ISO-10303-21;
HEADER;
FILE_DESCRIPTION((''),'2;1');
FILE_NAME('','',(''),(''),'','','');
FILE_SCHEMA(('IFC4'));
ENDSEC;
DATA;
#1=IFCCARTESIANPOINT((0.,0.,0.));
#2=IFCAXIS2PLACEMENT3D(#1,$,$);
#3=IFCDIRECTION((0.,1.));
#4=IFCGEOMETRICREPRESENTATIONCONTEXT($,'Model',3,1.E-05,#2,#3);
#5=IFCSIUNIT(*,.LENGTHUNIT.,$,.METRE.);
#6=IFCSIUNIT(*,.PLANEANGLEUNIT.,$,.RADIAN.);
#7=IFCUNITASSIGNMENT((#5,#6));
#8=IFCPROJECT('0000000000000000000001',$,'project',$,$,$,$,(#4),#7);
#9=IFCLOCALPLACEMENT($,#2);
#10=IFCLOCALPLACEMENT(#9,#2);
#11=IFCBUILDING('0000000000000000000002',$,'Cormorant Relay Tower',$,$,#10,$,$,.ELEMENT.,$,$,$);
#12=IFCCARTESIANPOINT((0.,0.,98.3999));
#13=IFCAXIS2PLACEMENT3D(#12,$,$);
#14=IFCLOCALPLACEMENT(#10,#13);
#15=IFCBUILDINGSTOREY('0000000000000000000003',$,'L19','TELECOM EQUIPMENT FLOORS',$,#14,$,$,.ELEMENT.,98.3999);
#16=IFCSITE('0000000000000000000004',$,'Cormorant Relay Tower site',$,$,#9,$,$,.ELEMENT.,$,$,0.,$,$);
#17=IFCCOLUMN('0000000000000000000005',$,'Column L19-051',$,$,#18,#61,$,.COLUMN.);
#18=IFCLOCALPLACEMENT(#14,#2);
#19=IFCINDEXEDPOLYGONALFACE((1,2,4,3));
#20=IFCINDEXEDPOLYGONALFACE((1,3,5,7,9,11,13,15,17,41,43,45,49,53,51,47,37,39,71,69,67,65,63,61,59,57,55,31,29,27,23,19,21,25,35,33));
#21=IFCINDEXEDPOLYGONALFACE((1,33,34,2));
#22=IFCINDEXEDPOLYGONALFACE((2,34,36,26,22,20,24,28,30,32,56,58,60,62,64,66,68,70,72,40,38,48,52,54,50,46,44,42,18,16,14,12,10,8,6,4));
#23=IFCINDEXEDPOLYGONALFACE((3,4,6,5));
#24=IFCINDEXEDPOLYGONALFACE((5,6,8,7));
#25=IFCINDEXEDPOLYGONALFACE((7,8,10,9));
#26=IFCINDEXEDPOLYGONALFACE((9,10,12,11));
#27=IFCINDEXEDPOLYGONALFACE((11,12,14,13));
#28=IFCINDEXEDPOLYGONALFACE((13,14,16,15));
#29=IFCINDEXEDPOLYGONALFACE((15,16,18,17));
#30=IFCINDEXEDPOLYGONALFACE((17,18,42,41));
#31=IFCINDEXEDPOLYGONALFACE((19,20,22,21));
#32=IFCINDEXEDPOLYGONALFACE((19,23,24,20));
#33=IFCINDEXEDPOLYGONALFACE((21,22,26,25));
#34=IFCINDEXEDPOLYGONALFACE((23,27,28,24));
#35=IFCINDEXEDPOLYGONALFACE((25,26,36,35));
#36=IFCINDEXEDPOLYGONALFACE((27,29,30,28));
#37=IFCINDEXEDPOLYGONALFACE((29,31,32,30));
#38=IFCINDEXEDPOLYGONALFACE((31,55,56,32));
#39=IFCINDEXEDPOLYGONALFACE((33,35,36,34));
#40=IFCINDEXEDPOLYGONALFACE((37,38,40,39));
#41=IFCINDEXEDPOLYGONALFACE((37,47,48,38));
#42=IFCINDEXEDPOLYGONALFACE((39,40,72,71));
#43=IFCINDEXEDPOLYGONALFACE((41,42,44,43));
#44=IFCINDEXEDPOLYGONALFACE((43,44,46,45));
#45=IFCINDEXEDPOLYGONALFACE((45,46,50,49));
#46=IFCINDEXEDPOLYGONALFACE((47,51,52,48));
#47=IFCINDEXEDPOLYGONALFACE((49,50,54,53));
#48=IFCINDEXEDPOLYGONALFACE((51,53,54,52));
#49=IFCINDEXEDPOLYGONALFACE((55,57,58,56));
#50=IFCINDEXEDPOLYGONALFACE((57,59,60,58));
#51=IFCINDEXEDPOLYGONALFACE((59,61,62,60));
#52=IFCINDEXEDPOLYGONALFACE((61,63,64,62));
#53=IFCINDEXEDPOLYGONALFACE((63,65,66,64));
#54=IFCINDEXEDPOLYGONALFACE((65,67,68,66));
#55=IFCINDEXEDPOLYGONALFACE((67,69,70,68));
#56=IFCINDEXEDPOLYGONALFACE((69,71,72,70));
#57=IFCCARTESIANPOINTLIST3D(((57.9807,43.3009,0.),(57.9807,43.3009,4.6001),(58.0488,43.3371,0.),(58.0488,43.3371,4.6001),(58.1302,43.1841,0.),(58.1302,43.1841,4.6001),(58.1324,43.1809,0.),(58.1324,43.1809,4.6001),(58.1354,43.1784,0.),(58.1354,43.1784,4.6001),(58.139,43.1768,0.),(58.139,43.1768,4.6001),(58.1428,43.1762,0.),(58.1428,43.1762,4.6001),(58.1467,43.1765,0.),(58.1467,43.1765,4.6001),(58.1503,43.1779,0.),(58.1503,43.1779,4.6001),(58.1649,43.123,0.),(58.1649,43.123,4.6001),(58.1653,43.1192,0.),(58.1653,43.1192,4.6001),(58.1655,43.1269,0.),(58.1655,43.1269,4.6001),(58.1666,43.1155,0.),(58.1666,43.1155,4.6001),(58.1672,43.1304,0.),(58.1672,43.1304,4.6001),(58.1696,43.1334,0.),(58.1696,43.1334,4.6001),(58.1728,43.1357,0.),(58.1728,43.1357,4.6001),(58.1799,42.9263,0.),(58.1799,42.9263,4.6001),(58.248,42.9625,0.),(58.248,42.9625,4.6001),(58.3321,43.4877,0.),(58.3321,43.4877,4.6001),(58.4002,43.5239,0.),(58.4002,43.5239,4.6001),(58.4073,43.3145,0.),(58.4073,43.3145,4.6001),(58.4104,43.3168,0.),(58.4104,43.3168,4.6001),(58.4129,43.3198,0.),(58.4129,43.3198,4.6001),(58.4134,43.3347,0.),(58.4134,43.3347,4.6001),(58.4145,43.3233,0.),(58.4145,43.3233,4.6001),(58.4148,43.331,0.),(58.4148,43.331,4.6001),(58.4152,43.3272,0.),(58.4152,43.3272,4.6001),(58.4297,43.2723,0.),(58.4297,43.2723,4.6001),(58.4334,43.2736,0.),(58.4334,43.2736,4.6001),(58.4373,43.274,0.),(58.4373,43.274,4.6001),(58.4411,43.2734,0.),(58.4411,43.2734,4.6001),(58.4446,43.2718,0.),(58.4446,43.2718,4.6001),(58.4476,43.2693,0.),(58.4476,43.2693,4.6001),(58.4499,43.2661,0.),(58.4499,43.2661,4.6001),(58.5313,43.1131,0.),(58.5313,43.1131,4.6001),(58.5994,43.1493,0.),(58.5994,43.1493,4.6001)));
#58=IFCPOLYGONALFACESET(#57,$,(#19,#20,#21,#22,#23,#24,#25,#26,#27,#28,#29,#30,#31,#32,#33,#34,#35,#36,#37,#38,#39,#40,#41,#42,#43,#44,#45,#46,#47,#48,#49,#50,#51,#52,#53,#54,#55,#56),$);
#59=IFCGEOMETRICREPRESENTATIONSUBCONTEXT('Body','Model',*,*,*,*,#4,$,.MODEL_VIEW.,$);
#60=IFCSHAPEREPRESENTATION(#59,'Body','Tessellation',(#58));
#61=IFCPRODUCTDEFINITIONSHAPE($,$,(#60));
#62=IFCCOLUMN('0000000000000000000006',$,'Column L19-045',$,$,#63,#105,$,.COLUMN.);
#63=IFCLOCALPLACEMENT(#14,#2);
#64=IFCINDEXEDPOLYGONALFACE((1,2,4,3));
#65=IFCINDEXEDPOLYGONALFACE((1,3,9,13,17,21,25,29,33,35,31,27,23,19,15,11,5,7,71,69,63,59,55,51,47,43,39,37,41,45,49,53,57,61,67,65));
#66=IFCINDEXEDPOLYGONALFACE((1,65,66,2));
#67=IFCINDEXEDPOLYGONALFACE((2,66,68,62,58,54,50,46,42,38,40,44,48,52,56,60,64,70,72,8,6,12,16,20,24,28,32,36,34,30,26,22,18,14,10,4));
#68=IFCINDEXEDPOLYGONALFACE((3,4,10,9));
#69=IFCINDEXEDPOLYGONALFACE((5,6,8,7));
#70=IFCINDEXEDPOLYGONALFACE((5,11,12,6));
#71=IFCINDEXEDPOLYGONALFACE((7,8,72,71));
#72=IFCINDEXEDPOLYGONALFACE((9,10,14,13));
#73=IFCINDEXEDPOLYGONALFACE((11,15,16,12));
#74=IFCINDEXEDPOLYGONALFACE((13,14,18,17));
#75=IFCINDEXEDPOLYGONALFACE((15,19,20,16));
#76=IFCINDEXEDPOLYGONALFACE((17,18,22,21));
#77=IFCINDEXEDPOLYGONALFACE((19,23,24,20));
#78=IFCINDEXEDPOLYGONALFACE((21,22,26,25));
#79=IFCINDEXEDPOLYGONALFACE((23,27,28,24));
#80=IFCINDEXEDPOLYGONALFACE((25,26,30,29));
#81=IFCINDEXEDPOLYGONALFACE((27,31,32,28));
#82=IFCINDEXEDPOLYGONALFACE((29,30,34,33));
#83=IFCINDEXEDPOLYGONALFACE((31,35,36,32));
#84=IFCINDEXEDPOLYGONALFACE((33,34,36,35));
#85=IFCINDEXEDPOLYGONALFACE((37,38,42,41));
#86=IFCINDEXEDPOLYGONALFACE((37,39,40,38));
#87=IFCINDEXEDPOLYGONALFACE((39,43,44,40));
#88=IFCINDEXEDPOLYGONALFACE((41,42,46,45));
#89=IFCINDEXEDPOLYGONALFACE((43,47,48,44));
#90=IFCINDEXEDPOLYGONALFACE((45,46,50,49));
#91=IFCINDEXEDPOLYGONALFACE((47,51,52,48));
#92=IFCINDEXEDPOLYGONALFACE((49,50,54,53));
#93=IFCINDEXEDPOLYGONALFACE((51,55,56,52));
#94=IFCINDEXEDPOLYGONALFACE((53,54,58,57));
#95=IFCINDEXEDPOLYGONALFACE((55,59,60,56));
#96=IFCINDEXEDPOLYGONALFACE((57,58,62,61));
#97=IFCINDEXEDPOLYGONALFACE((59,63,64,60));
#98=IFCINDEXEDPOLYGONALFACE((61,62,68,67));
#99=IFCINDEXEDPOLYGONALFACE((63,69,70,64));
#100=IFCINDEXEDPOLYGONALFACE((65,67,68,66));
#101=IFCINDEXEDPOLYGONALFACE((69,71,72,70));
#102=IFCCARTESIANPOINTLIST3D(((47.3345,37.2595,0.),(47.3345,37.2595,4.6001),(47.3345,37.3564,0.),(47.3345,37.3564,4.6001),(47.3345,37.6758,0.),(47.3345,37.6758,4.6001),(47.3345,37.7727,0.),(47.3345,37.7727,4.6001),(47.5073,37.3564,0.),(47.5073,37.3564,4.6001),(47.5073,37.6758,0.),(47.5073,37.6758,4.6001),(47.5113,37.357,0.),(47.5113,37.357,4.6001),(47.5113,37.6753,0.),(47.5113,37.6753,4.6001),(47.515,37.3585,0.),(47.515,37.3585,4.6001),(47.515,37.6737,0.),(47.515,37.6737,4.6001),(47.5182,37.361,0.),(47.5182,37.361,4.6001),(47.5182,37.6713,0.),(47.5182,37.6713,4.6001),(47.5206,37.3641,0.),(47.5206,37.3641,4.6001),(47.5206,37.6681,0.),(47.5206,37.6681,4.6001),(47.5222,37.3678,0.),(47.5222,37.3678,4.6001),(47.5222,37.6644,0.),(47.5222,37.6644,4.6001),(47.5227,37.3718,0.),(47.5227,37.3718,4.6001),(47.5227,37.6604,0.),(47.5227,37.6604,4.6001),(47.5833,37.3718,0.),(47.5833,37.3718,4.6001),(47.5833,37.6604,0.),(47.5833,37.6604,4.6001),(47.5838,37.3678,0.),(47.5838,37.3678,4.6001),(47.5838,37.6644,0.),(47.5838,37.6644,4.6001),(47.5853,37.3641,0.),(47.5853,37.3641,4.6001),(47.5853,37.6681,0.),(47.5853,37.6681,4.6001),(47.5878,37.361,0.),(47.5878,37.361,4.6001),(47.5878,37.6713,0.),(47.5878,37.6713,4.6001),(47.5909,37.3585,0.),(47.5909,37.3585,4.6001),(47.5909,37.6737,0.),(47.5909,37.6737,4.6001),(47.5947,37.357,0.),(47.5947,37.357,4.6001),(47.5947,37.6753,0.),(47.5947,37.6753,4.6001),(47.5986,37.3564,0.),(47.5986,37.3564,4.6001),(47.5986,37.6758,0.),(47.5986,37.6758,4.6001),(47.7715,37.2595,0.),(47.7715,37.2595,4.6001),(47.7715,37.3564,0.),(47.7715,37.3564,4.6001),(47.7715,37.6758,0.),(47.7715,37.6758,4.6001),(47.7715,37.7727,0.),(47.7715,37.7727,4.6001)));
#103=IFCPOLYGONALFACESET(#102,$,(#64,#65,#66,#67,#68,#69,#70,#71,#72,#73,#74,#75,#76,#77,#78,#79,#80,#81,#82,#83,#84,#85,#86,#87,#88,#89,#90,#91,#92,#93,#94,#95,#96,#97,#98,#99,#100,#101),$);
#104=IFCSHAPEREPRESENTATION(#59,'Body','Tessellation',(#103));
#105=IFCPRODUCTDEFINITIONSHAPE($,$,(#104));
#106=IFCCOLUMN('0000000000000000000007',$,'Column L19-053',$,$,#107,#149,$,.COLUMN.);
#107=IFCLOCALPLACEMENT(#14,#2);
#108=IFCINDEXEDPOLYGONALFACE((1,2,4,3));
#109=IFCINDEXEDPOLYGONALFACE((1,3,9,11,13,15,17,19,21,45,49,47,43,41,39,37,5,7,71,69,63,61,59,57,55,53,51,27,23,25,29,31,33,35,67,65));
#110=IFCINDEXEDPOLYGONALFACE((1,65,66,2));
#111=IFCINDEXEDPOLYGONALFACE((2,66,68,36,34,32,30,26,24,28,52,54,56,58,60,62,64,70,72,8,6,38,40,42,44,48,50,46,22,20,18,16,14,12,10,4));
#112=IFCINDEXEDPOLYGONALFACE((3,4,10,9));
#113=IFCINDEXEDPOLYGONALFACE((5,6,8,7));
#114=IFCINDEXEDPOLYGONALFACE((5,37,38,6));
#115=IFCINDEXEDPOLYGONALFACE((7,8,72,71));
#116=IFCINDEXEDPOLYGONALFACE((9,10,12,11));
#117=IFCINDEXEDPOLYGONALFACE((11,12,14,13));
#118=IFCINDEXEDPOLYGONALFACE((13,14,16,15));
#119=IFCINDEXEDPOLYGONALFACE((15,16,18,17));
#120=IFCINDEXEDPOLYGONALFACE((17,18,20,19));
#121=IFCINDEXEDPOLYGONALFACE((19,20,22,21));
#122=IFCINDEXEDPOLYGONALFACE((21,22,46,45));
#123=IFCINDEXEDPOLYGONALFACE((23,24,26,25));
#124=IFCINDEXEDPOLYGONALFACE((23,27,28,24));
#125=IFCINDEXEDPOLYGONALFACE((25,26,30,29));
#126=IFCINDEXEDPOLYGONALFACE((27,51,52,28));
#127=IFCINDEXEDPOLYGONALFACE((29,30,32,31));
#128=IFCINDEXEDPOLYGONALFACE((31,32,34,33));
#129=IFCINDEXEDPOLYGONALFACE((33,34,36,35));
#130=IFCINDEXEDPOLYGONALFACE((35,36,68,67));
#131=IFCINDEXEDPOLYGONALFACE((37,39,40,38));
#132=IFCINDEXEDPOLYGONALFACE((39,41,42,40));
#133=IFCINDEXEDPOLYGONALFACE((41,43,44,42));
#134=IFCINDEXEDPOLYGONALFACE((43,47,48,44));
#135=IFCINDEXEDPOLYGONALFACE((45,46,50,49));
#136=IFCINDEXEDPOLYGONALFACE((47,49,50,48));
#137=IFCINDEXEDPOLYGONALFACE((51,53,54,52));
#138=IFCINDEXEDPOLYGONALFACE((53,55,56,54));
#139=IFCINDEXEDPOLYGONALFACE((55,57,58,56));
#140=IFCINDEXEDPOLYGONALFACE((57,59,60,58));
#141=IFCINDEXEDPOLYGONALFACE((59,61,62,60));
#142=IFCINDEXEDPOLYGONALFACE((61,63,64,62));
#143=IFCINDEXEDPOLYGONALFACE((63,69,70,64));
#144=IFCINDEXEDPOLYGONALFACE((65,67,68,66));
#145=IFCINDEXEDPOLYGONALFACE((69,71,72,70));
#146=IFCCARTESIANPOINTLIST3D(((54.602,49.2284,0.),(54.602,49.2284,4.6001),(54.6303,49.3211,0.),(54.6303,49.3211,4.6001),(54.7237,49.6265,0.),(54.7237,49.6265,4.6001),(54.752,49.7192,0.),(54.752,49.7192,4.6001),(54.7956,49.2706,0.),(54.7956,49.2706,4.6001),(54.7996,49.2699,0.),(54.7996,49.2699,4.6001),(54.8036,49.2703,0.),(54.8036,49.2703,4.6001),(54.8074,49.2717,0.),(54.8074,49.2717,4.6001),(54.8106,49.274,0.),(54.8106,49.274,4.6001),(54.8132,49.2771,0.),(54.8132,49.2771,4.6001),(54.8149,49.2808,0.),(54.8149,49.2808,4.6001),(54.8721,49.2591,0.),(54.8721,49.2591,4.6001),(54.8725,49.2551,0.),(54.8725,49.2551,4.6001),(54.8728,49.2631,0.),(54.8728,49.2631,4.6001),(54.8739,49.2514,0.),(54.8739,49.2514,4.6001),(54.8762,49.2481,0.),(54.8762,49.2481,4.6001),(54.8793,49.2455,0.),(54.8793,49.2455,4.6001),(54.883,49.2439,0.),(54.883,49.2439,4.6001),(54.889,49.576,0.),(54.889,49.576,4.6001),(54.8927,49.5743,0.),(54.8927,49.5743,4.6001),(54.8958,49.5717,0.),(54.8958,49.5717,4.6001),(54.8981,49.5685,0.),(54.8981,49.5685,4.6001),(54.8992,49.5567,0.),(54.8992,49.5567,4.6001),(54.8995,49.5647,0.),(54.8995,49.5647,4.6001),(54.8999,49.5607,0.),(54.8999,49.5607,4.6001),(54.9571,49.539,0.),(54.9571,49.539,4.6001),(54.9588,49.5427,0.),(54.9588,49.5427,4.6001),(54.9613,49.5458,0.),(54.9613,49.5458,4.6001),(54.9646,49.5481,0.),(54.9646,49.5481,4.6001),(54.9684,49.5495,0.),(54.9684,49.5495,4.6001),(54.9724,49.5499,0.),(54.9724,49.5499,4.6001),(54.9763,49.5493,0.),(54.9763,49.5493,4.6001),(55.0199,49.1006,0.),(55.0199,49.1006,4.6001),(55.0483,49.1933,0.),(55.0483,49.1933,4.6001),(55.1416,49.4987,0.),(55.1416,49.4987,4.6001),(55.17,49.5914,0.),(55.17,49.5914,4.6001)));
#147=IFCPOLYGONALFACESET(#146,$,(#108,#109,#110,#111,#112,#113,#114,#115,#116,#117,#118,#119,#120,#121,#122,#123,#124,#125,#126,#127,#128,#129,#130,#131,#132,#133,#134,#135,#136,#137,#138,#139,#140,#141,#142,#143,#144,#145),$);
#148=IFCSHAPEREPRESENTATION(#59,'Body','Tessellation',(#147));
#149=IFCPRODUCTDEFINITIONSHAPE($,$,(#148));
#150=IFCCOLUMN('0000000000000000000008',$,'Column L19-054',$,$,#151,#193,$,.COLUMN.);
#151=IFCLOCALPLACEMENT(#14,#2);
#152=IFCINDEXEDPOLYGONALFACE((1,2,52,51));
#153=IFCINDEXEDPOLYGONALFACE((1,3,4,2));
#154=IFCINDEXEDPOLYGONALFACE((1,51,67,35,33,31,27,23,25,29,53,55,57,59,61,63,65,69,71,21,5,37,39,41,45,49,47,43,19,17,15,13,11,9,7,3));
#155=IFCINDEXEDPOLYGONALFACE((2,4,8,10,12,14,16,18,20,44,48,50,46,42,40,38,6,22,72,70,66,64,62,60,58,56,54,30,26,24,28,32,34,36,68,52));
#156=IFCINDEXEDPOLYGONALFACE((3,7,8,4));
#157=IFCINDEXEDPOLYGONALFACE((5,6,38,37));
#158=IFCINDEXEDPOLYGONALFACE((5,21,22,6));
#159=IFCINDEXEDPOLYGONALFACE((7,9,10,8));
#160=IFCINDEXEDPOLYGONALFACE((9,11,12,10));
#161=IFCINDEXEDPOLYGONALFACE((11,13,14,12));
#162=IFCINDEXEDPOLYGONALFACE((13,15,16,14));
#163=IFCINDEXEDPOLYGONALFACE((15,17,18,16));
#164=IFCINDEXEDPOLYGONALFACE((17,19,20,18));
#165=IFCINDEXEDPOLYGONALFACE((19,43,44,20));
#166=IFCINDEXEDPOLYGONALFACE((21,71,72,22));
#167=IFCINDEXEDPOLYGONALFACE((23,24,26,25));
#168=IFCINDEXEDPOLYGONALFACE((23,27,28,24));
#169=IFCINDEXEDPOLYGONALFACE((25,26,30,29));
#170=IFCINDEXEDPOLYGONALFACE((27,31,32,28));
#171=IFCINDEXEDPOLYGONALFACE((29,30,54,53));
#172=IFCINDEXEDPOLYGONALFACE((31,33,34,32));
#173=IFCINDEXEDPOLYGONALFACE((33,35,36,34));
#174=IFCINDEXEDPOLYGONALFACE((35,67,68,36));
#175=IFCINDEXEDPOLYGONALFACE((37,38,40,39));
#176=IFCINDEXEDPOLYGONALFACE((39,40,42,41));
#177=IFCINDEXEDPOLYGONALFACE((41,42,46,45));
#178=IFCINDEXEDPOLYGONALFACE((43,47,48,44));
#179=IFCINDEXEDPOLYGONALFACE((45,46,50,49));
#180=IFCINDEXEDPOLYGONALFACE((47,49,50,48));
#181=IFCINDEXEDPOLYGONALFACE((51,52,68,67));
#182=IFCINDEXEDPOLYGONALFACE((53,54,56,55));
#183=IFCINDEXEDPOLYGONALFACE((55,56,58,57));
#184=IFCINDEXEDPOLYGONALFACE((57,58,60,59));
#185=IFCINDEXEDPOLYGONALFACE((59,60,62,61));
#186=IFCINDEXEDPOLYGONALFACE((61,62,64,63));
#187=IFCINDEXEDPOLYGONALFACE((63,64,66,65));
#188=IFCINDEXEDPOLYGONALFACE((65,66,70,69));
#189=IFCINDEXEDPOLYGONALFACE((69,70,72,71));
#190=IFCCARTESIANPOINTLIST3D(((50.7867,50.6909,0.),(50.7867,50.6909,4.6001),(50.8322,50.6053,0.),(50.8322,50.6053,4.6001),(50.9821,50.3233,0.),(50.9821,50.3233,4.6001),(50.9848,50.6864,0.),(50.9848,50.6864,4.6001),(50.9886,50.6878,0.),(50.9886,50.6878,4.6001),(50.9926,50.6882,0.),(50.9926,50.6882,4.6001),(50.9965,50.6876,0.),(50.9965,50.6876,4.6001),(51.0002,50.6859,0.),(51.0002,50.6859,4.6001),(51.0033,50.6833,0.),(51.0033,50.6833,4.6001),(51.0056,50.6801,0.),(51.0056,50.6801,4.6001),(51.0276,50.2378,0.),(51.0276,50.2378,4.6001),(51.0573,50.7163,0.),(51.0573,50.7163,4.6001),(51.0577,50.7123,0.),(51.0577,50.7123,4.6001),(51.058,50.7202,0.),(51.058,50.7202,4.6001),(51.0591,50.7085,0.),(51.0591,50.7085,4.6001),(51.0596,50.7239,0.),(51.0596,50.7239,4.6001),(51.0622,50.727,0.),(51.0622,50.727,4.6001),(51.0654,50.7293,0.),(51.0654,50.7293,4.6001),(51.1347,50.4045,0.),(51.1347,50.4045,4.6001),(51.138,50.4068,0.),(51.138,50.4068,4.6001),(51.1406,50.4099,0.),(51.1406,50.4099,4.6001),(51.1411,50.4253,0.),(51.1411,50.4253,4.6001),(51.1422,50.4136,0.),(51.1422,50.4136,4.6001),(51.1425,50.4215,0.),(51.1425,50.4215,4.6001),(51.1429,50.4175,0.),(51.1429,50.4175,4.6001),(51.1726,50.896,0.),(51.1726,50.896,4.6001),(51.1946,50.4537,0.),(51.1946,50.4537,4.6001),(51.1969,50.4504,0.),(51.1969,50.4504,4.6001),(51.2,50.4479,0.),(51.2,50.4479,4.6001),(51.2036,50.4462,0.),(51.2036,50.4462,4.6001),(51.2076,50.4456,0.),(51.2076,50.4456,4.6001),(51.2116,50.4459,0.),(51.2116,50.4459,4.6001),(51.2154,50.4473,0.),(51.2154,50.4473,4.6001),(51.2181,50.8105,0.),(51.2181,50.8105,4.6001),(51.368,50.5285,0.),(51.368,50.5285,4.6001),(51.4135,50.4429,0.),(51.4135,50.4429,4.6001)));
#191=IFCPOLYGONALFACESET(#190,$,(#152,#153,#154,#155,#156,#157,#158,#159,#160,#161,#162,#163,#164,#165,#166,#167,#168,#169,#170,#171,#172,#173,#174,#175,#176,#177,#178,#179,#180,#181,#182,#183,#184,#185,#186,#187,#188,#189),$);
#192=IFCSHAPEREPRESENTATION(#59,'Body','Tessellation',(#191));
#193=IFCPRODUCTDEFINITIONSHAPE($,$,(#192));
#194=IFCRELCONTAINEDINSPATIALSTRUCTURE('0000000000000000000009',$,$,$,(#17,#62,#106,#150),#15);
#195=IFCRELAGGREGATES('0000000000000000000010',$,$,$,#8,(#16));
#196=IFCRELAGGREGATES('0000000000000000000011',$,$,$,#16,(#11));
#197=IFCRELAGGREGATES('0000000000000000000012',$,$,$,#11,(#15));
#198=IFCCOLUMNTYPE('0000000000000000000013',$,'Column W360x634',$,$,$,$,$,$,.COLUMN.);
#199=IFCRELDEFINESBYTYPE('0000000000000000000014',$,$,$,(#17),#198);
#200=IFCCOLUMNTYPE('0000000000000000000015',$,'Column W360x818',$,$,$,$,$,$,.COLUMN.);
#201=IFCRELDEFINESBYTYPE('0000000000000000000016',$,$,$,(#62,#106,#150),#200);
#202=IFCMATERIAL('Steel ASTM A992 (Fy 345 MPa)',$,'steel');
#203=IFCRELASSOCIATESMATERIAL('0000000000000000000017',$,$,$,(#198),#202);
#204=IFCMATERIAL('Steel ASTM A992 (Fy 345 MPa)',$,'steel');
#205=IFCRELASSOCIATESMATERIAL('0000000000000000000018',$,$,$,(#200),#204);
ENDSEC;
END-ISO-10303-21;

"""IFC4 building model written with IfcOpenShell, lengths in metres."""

from ifc_helpers import new_model, si_unit, direction, frame, origin, origin_2d, place, context, subcontext, project, spatial, i_section, extrude, material, material_profile, profile_set, type_object, element, save


model = new_model("IFC4")

# Units and contexts
model_context = context("Model", 3, precision=1e-05, world=origin(), true_north=direction((0.0, 1.0)))
body_context = subcontext(model_context, "Body", "Model", "MODEL_VIEW")
ifc_project = project(units=[si_unit("LENGTHUNIT", "METRE"), si_unit("PLANEANGLEUNIT", "RADIAN")], contexts=[model_context])

# Site, building, storey
site_placement = place(None, origin())
site = spatial("IfcSite", under=ifc_project, at=site_placement, Name="Cormorant Relay Tower site", CompositionType="ELEMENT", RefElevation=0.0)
building_placement = place(site_placement, origin())
building = spatial("IfcBuilding", under=site, at=building_placement, Name="Cormorant Relay Tower", CompositionType="ELEMENT")
storey_placement = place(building_placement, frame((0.0, 0.0, 98.3999)))
storey = spatial("IfcBuildingStorey", under=building, at=storey_placement, Name="L19", Description="TELECOM EQUIPMENT FLOORS", CompositionType="ELEMENT", Elevation=98.3999)

# Columns
ifc_material_1 = material(Name="Steel ASTM A992 (Fy 345 MPa)", Category="steel")
ifc_material_profile_1 = material_profile(ifc_material_1, i_section(OverallWidth=0.4243, OverallDepth=0.4751, WebThickness=0.0479, FlangeThickness=0.0771, FilletRadius=0.0149, at=origin_2d()), Name="W360x634")
ifc_profile_set_1 = profile_set([ifc_material_profile_1], Name="Steel ASTM A992 (Fy 345 MPa)")
column_type_1 = type_object("IfcColumnType", Name="Column W360x634", PredefinedType="COLUMN", material=ifc_profile_set_1)
column_placement = place(storey_placement, frame((58.29, 43.2251, 0.0), z_axis=(0.0, 0.0, 1.0), x_axis=(-0.469472, 0.882948, 0.0)))
element("IfcColumn", 1, at=column_placement, inside=storey, type_object=column_type_1, Name="Column L19-051", PredefinedType="COLUMN", context=body_context, shape_type="SweptSolid", body=[
    extrude(i_section(OverallWidth=0.4243, OverallDepth=0.4751, WebThickness=0.0479, FlangeThickness=0.0771, FilletRadius=0.0149, at=origin_2d()), origin(), (0.0, 0.0, 1.0), 4.6001),
])
ifc_material_2 = material(Name="Steel ASTM A992 (Fy 345 MPa)", Category="steel")
ifc_material_profile_2 = material_profile(ifc_material_2, i_section(OverallWidth=0.437, OverallDepth=0.5132, WebThickness=0.0605, FlangeThickness=0.0969, FilletRadius=0.0154, at=origin_2d()), Name="W360x818")
ifc_profile_set_2 = profile_set([ifc_material_profile_2], Name="Steel ASTM A992 (Fy 345 MPa)")
column_type_2 = type_object("IfcColumnType", Name="Column W360x818", PredefinedType="COLUMN", material=ifc_profile_set_2)
for number, where, z_axis, x_axis, name in (
    (2, (47.553, 37.5161, 0.0), (0.0, 0.0, 1.0), (1.0, 0.0, 0.0), "Column L19-045"),
    (3, (54.886, 49.4099, 0.0), (0.0, 0.0, 1.0), (-0.956305, 0.292372, 0.0), "Column L19-053"),
    (4, (51.1001, 50.5669, 0.0), (0.0, 0.0, 1.0), (-0.882948, -0.469472, 0.0), "Column L19-054"),
):
    element("IfcColumn", number, at=place(storey_placement, frame(where, z_axis=z_axis, x_axis=x_axis)), inside=storey, type_object=column_type_2, Name=name, PredefinedType="COLUMN", context=body_context, shape_type="SweptSolid", body=[
        extrude(i_section(OverallWidth=0.437, OverallDepth=0.5132, WebThickness=0.0605, FlangeThickness=0.0969, FilletRadius=0.0154, at=origin_2d()), origin(), (0.0, 0.0, 1.0), 4.6001),
    ])

save(model, "model.ifc")
